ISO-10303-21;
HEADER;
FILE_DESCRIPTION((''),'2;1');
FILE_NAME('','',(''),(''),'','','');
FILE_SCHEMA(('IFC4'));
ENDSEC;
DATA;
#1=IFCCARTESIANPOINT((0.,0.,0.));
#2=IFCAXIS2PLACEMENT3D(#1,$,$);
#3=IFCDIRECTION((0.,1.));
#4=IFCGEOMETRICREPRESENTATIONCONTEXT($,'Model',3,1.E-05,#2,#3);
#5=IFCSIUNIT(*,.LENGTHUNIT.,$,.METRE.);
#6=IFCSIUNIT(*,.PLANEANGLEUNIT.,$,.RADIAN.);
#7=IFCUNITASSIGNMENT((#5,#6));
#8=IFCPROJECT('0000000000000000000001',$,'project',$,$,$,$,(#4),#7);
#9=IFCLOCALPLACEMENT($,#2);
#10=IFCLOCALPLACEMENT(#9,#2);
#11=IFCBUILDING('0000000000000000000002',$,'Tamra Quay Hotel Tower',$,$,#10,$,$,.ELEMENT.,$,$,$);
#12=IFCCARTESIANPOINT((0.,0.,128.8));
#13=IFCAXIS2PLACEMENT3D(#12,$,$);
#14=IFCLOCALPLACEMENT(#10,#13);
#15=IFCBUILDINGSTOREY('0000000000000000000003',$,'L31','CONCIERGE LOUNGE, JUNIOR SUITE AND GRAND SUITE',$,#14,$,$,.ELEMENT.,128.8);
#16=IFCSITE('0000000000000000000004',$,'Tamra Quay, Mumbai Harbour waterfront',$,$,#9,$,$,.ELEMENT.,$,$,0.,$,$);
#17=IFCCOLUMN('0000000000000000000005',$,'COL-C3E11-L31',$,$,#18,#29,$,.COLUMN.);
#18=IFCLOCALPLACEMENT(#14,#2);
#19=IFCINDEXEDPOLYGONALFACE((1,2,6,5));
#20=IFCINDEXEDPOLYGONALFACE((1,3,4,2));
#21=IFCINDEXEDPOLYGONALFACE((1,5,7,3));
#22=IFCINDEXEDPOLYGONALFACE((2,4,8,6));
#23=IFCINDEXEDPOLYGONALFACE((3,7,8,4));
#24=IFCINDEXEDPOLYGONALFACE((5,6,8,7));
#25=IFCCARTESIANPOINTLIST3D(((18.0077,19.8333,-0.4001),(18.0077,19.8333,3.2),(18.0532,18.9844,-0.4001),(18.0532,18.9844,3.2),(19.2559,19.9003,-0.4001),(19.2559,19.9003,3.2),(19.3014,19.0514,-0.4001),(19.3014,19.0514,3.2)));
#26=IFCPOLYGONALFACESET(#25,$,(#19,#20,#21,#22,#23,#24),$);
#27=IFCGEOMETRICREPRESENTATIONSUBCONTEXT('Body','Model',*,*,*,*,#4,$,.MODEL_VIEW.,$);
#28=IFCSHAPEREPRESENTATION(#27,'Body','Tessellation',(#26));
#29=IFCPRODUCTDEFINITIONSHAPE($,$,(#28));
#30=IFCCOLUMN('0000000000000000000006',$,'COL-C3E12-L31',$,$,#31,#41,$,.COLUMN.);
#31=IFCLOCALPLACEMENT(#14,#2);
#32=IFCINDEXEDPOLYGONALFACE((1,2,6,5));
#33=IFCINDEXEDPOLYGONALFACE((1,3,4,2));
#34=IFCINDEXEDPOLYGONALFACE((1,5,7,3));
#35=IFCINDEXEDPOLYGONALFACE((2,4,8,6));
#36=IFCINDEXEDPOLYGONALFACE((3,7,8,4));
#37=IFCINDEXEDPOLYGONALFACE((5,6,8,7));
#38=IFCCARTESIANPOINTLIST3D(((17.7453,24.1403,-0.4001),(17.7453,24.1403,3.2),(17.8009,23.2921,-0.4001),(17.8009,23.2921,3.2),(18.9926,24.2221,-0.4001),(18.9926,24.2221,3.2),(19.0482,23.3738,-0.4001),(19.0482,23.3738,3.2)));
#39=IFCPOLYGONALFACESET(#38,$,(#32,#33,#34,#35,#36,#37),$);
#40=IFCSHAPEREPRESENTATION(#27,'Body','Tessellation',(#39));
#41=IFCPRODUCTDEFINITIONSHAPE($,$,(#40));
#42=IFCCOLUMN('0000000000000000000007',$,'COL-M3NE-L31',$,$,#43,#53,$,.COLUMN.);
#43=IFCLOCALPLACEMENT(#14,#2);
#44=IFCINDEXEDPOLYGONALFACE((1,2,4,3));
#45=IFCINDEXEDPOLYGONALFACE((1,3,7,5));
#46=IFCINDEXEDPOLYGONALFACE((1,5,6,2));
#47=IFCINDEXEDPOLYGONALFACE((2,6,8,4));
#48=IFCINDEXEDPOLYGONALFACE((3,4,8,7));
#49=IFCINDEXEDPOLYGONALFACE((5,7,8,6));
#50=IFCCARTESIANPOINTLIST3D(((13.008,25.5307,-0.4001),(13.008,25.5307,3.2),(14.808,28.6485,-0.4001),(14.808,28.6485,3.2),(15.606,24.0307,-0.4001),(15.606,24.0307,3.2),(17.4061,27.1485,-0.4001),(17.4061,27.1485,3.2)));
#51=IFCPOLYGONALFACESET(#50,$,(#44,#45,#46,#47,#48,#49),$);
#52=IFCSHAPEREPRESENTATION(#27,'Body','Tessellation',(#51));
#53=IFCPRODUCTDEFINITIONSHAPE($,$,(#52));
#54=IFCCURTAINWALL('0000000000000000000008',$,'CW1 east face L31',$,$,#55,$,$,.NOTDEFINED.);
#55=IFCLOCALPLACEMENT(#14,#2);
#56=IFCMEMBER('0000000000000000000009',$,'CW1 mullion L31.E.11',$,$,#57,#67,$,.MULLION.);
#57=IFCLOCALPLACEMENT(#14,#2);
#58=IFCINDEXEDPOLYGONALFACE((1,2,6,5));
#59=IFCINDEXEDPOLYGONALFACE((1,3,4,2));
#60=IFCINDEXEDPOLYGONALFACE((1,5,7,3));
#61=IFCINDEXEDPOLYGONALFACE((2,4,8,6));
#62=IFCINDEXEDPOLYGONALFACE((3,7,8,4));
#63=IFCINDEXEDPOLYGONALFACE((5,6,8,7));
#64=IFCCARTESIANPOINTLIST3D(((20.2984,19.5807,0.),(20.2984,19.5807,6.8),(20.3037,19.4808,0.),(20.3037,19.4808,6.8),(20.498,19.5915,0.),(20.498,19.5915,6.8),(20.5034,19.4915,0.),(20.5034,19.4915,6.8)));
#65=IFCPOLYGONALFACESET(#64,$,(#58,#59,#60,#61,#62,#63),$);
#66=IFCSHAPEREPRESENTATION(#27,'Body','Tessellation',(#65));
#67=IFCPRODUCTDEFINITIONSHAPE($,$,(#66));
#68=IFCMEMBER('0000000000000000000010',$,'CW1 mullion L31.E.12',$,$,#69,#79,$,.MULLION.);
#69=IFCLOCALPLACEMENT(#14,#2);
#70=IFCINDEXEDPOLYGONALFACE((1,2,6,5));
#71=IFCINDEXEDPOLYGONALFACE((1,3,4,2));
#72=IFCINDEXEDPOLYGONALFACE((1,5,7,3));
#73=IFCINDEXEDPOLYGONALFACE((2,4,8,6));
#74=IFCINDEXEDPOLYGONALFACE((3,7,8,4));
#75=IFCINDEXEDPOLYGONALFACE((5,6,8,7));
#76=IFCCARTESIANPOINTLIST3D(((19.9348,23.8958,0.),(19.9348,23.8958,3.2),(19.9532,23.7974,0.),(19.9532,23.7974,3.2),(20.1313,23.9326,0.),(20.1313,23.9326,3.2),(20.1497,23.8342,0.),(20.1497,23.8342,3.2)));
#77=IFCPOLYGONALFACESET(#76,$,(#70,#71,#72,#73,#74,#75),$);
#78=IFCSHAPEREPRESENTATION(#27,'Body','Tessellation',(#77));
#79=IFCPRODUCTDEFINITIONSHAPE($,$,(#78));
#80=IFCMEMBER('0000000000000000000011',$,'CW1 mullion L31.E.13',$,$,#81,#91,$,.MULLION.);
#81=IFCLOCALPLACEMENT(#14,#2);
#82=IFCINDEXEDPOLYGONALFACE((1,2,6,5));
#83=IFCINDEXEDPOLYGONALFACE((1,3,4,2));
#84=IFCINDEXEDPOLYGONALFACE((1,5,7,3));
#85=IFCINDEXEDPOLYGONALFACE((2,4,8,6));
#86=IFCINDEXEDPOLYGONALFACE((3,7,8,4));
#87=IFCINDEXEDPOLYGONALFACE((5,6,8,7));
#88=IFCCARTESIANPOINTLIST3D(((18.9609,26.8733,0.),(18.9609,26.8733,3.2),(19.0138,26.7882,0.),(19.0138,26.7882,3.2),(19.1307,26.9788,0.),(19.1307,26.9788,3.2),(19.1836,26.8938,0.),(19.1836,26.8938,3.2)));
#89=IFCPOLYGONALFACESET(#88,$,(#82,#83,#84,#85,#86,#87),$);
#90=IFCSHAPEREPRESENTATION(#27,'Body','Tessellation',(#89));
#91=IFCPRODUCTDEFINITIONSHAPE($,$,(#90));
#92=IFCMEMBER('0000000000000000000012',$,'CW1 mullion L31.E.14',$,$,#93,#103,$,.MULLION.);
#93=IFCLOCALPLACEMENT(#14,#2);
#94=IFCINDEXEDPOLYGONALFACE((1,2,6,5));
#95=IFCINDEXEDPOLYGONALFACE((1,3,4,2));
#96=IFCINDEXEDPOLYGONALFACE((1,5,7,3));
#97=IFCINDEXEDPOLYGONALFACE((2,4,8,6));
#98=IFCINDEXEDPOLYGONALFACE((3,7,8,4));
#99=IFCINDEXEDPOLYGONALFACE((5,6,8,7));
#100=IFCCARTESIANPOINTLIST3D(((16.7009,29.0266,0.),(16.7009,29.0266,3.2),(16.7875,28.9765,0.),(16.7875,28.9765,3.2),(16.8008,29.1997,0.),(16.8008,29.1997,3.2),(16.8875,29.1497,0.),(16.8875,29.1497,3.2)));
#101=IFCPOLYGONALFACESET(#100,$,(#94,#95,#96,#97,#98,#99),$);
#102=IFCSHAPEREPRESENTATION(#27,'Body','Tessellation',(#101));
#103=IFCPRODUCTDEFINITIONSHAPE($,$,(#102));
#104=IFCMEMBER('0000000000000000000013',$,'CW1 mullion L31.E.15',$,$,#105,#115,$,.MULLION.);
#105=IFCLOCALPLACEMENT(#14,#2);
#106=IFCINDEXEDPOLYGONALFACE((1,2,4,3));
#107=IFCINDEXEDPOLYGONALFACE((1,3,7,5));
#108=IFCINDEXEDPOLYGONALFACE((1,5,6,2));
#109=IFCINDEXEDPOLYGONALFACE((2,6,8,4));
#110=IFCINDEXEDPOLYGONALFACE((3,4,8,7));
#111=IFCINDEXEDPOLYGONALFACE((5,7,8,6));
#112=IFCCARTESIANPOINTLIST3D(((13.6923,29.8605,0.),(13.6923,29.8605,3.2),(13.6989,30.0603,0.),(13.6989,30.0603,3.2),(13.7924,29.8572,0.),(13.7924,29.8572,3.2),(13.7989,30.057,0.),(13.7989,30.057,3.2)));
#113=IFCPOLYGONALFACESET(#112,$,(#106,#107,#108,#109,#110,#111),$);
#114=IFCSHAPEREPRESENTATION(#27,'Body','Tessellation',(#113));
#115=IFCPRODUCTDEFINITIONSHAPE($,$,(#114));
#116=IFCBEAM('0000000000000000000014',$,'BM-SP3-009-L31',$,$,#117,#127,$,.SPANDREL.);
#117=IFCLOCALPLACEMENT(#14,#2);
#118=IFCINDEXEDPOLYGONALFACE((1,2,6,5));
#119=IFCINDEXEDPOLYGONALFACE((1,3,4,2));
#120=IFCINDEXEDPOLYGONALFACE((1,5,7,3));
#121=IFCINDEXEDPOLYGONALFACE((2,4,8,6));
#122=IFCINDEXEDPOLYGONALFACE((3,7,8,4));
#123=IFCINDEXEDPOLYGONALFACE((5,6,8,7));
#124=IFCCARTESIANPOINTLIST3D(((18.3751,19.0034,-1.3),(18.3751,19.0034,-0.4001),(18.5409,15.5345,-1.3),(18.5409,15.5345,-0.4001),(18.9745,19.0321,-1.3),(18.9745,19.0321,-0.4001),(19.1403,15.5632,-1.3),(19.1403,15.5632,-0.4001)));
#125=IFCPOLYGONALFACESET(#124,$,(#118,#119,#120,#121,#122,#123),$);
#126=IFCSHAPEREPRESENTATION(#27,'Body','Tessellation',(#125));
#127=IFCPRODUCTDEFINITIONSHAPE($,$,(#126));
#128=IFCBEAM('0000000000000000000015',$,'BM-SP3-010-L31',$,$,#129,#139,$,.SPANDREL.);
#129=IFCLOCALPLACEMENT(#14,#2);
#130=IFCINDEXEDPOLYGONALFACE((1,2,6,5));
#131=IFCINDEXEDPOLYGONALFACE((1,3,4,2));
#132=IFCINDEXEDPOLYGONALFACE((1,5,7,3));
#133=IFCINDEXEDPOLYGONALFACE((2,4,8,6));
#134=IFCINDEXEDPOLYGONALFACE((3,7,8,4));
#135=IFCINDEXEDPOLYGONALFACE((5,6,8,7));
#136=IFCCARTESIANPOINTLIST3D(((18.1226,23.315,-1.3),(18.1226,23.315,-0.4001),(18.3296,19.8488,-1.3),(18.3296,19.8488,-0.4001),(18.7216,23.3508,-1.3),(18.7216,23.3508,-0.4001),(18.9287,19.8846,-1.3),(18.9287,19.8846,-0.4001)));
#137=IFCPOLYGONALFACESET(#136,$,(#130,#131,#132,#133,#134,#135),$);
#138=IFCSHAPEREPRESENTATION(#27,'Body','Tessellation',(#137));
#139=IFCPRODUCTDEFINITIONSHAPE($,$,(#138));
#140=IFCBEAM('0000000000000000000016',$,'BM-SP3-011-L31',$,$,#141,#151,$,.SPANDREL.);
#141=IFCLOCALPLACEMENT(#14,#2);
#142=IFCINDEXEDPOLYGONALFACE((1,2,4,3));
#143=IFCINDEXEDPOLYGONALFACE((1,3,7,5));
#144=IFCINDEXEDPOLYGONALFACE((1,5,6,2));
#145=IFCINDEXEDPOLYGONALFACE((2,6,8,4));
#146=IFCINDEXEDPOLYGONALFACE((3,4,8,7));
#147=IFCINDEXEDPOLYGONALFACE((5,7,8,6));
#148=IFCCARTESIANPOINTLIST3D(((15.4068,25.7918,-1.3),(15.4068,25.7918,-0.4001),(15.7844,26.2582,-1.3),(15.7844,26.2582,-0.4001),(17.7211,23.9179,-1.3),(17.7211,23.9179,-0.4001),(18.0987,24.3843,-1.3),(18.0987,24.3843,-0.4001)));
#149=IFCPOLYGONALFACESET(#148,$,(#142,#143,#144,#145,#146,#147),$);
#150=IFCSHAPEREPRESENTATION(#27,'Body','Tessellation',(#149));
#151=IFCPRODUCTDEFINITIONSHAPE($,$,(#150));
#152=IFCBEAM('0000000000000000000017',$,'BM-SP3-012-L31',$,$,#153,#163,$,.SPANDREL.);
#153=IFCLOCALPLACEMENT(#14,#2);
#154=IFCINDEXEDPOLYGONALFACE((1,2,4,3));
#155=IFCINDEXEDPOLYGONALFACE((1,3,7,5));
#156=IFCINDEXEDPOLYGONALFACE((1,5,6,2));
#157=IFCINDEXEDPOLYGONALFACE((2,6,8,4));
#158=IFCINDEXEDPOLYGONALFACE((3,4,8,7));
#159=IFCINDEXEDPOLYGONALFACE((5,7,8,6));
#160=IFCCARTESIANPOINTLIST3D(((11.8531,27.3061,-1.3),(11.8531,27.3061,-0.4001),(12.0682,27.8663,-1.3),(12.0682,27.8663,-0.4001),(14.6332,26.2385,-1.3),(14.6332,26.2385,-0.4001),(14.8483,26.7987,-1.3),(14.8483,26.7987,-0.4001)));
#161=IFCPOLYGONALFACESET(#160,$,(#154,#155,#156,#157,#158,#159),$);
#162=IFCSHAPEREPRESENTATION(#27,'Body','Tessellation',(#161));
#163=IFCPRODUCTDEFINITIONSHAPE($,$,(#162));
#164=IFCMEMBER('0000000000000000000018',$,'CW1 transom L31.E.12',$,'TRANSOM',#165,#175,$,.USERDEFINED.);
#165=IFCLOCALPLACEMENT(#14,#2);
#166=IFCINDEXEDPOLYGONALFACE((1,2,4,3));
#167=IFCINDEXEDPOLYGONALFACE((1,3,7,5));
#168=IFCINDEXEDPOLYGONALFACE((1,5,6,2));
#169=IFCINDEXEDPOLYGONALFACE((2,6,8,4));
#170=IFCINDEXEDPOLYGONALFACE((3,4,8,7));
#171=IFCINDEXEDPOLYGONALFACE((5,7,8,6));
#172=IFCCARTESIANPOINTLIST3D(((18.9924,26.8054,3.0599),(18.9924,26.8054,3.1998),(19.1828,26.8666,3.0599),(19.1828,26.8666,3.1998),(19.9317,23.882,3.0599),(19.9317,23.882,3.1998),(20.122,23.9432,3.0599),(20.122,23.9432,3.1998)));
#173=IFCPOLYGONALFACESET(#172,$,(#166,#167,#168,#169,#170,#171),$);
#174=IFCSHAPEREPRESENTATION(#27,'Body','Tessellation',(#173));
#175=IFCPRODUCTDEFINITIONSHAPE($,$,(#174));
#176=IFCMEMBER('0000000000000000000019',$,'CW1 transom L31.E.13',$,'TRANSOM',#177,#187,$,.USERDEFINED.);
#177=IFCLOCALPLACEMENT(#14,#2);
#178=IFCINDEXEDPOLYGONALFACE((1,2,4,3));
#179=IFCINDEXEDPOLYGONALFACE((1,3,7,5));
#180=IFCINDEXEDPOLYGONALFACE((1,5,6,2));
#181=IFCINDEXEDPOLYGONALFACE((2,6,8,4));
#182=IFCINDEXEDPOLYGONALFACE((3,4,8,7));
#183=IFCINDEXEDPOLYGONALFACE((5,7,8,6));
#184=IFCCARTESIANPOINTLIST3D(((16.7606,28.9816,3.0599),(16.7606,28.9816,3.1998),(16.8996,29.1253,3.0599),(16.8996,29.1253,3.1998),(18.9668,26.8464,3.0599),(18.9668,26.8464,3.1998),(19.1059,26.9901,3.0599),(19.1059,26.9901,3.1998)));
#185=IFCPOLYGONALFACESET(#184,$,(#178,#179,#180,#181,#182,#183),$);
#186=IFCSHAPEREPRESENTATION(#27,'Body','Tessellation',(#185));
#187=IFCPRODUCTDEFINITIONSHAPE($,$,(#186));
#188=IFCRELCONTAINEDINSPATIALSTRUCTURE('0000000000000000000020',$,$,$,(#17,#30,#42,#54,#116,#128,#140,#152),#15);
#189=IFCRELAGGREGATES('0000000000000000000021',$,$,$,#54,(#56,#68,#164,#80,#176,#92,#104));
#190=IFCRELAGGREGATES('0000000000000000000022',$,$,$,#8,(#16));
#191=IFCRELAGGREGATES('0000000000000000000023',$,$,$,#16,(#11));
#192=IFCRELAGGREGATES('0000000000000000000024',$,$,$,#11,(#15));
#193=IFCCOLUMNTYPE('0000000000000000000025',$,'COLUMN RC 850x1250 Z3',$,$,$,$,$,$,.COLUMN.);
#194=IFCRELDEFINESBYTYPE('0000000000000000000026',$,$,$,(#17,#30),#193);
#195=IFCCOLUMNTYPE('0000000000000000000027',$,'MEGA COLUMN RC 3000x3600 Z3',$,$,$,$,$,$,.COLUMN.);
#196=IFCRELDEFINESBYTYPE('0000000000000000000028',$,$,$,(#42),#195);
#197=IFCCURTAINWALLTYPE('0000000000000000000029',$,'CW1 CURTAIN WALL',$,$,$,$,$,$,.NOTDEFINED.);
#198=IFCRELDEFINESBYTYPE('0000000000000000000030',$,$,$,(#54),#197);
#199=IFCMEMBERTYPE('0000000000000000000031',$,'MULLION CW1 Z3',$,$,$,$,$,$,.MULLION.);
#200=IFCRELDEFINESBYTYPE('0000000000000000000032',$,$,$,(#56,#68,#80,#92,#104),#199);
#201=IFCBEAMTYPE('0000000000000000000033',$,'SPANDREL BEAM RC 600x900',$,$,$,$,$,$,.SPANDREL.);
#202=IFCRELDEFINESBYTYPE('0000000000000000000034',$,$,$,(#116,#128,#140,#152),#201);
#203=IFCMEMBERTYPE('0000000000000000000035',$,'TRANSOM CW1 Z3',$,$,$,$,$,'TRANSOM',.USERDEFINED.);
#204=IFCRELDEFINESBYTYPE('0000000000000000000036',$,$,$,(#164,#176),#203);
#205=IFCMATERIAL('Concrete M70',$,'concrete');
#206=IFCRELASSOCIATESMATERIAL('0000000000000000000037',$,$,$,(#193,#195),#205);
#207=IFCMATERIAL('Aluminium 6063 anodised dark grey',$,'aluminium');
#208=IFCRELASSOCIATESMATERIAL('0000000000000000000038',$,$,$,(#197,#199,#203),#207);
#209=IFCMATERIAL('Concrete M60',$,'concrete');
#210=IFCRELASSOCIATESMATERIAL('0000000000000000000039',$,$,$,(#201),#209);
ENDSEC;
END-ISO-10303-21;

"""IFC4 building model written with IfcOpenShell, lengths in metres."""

from ifc_helpers import new_model, si_unit, direction, frame, origin, origin_2d, place, context, subcontext, project, spatial, rectangle, extrude, material, material_profile, profile_set, type_object, element, aggregate, save


model = new_model("IFC4")

# Units and contexts
model_context = context("Model", 3, precision=1e-05, world=origin(), true_north=direction((0.0, 1.0)))
body_context = subcontext(model_context, "Body", "Model", "MODEL_VIEW")
ifc_project = project(units=[si_unit("LENGTHUNIT", "METRE"), si_unit("PLANEANGLEUNIT", "RADIAN")], contexts=[model_context])

# Site, building, storey
site_placement = place(None, origin())
site = spatial("IfcSite", under=ifc_project, at=site_placement, Name="Tamra Quay, Mumbai Harbour waterfront", CompositionType="ELEMENT", RefElevation=0.0)
building_placement = place(site_placement, origin())
building = spatial("IfcBuilding", under=site, at=building_placement, Name="Tamra Quay Hotel Tower", CompositionType="ELEMENT")
storey_placement = place(building_placement, frame((0.0, 0.0, 128.8)))
storey = spatial("IfcBuildingStorey", under=building, at=storey_placement, Name="L31", Description="CONCIERGE LOUNGE, JUNIOR SUITE AND GRAND SUITE", CompositionType="ELEMENT", Elevation=128.8)

# Columns
ifc_material_1 = material(Name="Concrete M70", Category="concrete")
ifc_material_profile_1 = material_profile(ifc_material_1, rectangle(XDim=1.25, YDim=0.8501, at=origin_2d()), Name="COLUMN RC 850x1250 Z3")
ifc_profile_set_1 = profile_set([ifc_material_profile_1], Name="Concrete M70")
column_type_1 = type_object("IfcColumnType", Name="COLUMN RC 850x1250 Z3", PredefinedType="COLUMN", material=ifc_profile_set_1)
for number, where, z_axis, x_axis, name in (
    (1, (18.6545, 19.4424, -0.4001), (0.0, 0.0, 1.0), (0.998562, 0.053603, 0.0), "COL-C3E11-L31"),
    (2, (18.3967, 23.7571, -0.4001), (0.0, 0.0, 1.0), (0.997858, 0.065419, 0.0), "COL-C3E12-L31"),
):
    element("IfcColumn", number, at=place(storey_placement, frame(where, z_axis=z_axis, x_axis=x_axis)), inside=storey, type_object=column_type_1, Name=name, PredefinedType="COLUMN", context=body_context, shape_type="SweptSolid", body=[
        extrude(rectangle(XDim=1.25, YDim=0.8501, at=origin_2d()), origin(), (0.0, 0.0, 1.0), 3.6001),
    ])
ifc_material_profile_2 = material_profile(ifc_material_1, rectangle(XDim=3.6001, YDim=3.0, at=origin_2d()), Name="MEGA COLUMN RC 3000x3600 Z3")
ifc_profile_set_2 = profile_set([ifc_material_profile_2], Name="Concrete M70")
column_type_2 = type_object("IfcColumnType", Name="MEGA COLUMN RC 3000x3600 Z3", PredefinedType="COLUMN", material=ifc_profile_set_2)
column_placement = place(storey_placement, frame((15.207, 26.3396, -0.4001), z_axis=(0.0, 0.0, 1.0), x_axis=(0.5, 0.866025, 0.0)))
element("IfcColumn", 3, at=column_placement, inside=storey, type_object=column_type_2, Name="COL-M3NE-L31", PredefinedType="COLUMN", context=body_context, shape_type="SweptSolid", body=[
    extrude(rectangle(XDim=3.6001, YDim=3.0, at=origin_2d()), origin(), (0.0, 0.0, 1.0), 3.6001),
])

# Curtain wall, members
ifc_material_2 = material(Name="Aluminium 6063 anodised dark grey", Category="aluminium")
curtain_wall_type = type_object("IfcCurtainWallType", Name="CW1 CURTAIN WALL", PredefinedType="NOTDEFINED", material=ifc_material_2)
curtain_wall_placement = place(storey_placement, origin())
curtain_wall = element("IfcCurtainWall", 4, at=curtain_wall_placement, inside=storey, type_object=curtain_wall_type, Name="CW1 east face L31", PredefinedType="NOTDEFINED")
ifc_material_profile_3 = material_profile(ifc_material_2, rectangle(XDim=0.2, YDim=0.1001, at=origin_2d()), Name="MULLION 100X200")
ifc_profile_set_3 = profile_set([ifc_material_profile_3], Name="Aluminium 6063 anodised dark grey")
member_type_1 = type_object("IfcMemberType", Name="MULLION CW1 Z3", PredefinedType="MULLION", material=ifc_profile_set_3)
member_1_placement = place(storey_placement, frame((20.4009, 19.5361, 0.0), z_axis=(0.0, 0.0, 1.0), x_axis=(0.998557, 0.053695, 0.0)))
member_1 = element("IfcMember", 5, at=member_1_placement, type_object=member_type_1, Name="CW1 mullion L31.E.11", PredefinedType="MULLION", context=body_context, shape_type="SweptSolid", body=[
    extrude(rectangle(XDim=0.2, YDim=0.1001, at=origin_2d()), origin(), (0.0, 0.0, 1.0), 6.8),
])
member_2_placement = place(storey_placement, frame((20.0422, 23.865, 0.0), z_axis=(0.0, 0.0, 1.0), x_axis=(0.982883, 0.18423, 0.0)))
member_2 = element("IfcMember", 6, at=member_2_placement, type_object=member_type_1, Name="CW1 mullion L31.E.12", PredefinedType="MULLION", context=body_context, shape_type="SweptSolid", body=[
    extrude(rectangle(XDim=0.2, YDim=0.1001, at=origin_2d()), origin(), (0.0, 0.0, 1.0), 3.2),
])
member_3_placement = place(storey_placement, frame((19.0723, 26.8835, 0.0), z_axis=(0.0, 0.0, 1.0), x_axis=(0.849198, 0.528075, 0.0)))
member_3 = element("IfcMember", 7, at=member_3_placement, type_object=member_type_1, Name="CW1 mullion L31.E.13", PredefinedType="MULLION", context=body_context, shape_type="SweptSolid", body=[
    extrude(rectangle(XDim=0.2, YDim=0.1001, at=origin_2d()), origin(), (0.0, 0.0, 1.0), 3.2),
])
member_4_placement = place(storey_placement, frame((16.7942, 29.0881, 0.0), z_axis=(0.0, 0.0, 1.0), x_axis=(0.5, 0.866025, 0.0)))
member_4 = element("IfcMember", 8, at=member_4_placement, type_object=member_type_1, Name="CW1 mullion L31.E.14", PredefinedType="MULLION", context=body_context, shape_type="SweptSolid", body=[
    extrude(rectangle(XDim=0.2, YDim=0.1001, at=origin_2d()), origin(), (0.0, 0.0, 1.0), 3.2),
])
member_5_placement = place(storey_placement, frame((13.7456, 29.9587, 0.0), z_axis=(0.0, 0.0, 1.0), x_axis=(0.032727, 0.999464, 0.0)))
member_5 = element("IfcMember", 9, at=member_5_placement, type_object=member_type_1, Name="CW1 mullion L31.E.15", PredefinedType="MULLION", context=body_context, shape_type="SweptSolid", body=[
    extrude(rectangle(XDim=0.2, YDim=0.1001, at=origin_2d()), origin(), (0.0, 0.0, 1.0), 3.2),
])

# Beams
ifc_material_3 = material(Name="Concrete M60", Category="concrete")
ifc_material_profile_4 = material_profile(ifc_material_3, rectangle(XDim=0.6001, YDim=0.8999, at=origin_2d()), Name="SPANDREL BEAM RC 600x900")
ifc_profile_set_4 = profile_set([ifc_material_profile_4], Name="Concrete M60")
beam_type = type_object("IfcBeamType", Name="SPANDREL BEAM RC 600x900", PredefinedType="SPANDREL", material=ifc_profile_set_4)
beam_1_placement = place(storey_placement, frame((18.8406, 15.5488, -0.8501), z_axis=(-0.047732, 0.99886, 0.0), x_axis=(-0.99886, -0.047732, 0.0)))
element("IfcBeam", 10, at=beam_1_placement, inside=storey, type_object=beam_type, Name="BM-SP3-009-L31", PredefinedType="SPANDREL", context=body_context, shape_type="SweptSolid", body=[
    extrude(rectangle(XDim=0.6001, YDim=0.8999, at=origin_2d()), origin(), (0.0, 0.0, 1.0), 3.4729),
])
beam_2_placement = place(storey_placement, frame((18.6292, 19.8667, -0.8501), z_axis=(-0.05962, 0.998221, 0.0), x_axis=(-0.998221, -0.05962, 0.0)))
element("IfcBeam", 11, at=beam_2_placement, inside=storey, type_object=beam_type, Name="BM-SP3-010-L31", PredefinedType="SPANDREL", context=body_context, shape_type="SweptSolid", body=[
    extrude(rectangle(XDim=0.6001, YDim=0.8999, at=origin_2d()), origin(), (0.0, 0.0, 1.0), 3.4724),
])
beam_3_placement = place(storey_placement, frame((17.9099, 24.1511, -0.8501), z_axis=(-0.777184, 0.629274, 0.0), x_axis=(-0.629274, -0.777184, 0.0)))
element("IfcBeam", 12, at=beam_3_placement, inside=storey, type_object=beam_type, Name="BM-SP3-011-L31", PredefinedType="SPANDREL", context=body_context, shape_type="SweptSolid", body=[
    extrude(rectangle(XDim=0.6001, YDim=0.8999, at=origin_2d()), origin(), (0.0, 0.0, 1.0), 2.9778),
])
beam_4_placement = place(storey_placement, frame((14.7407, 26.5186, -0.8501), z_axis=(-0.933527, 0.358507, 0.0), x_axis=(-0.358507, -0.933527, 0.0)))
element("IfcBeam", 13, at=beam_4_placement, inside=storey, type_object=beam_type, Name="BM-SP3-012-L31", PredefinedType="SPANDREL", context=body_context, shape_type="SweptSolid", body=[
    extrude(rectangle(XDim=0.6001, YDim=0.8999, at=origin_2d()), origin(), (0.0, 0.0, 1.0), 2.978),
])

# Members
ifc_material_profile_5 = material_profile(ifc_material_2, rectangle(XDim=0.2, YDim=0.1399, at=origin_2d()), Name="TRANSOM 200X140")
ifc_profile_set_5 = profile_set([ifc_material_profile_5], Name="Aluminium 6063 anodised dark grey")
member_type_2 = type_object("IfcMemberType", Name="TRANSOM CW1 Z3", ElementType="TRANSOM", PredefinedType="USERDEFINED", material=ifc_profile_set_5)
member_6_placement = place(storey_placement, frame((20.0269, 23.9126, 3.1299), z_axis=(-0.30588, 0.95207, 0.0), x_axis=(-0.95207, -0.30588, 0.0)))
member_6 = element("IfcMember", 14, at=member_6_placement, type_object=member_type_2, Name="CW1 transom L31.E.12", ObjectType="TRANSOM", PredefinedType="USERDEFINED", context=body_context, shape_type="SweptSolid", body=[
    extrude(rectangle(XDim=0.2, YDim=0.1399, at=origin_2d()), origin(), (0.0, 0.0, 1.0), 3.0706),
])
member_7_placement = place(storey_placement, frame((19.0364, 26.9182, 3.1299), z_axis=(-0.718582, 0.695443, 0.0), x_axis=(-0.695443, -0.718582, 0.0)))
member_7 = element("IfcMember", 15, at=member_7_placement, type_object=member_type_2, Name="CW1 transom L31.E.13", ObjectType="TRANSOM", PredefinedType="USERDEFINED", context=body_context, shape_type="SweptSolid", body=[
    extrude(rectangle(XDim=0.2, YDim=0.1399, at=origin_2d()), origin(), (0.0, 0.0, 1.0), 3.0703),
])

aggregate(curtain_wall, [member_1, member_2, member_6, member_3, member_7, member_4, member_5])

save(model, "model.ifc")
